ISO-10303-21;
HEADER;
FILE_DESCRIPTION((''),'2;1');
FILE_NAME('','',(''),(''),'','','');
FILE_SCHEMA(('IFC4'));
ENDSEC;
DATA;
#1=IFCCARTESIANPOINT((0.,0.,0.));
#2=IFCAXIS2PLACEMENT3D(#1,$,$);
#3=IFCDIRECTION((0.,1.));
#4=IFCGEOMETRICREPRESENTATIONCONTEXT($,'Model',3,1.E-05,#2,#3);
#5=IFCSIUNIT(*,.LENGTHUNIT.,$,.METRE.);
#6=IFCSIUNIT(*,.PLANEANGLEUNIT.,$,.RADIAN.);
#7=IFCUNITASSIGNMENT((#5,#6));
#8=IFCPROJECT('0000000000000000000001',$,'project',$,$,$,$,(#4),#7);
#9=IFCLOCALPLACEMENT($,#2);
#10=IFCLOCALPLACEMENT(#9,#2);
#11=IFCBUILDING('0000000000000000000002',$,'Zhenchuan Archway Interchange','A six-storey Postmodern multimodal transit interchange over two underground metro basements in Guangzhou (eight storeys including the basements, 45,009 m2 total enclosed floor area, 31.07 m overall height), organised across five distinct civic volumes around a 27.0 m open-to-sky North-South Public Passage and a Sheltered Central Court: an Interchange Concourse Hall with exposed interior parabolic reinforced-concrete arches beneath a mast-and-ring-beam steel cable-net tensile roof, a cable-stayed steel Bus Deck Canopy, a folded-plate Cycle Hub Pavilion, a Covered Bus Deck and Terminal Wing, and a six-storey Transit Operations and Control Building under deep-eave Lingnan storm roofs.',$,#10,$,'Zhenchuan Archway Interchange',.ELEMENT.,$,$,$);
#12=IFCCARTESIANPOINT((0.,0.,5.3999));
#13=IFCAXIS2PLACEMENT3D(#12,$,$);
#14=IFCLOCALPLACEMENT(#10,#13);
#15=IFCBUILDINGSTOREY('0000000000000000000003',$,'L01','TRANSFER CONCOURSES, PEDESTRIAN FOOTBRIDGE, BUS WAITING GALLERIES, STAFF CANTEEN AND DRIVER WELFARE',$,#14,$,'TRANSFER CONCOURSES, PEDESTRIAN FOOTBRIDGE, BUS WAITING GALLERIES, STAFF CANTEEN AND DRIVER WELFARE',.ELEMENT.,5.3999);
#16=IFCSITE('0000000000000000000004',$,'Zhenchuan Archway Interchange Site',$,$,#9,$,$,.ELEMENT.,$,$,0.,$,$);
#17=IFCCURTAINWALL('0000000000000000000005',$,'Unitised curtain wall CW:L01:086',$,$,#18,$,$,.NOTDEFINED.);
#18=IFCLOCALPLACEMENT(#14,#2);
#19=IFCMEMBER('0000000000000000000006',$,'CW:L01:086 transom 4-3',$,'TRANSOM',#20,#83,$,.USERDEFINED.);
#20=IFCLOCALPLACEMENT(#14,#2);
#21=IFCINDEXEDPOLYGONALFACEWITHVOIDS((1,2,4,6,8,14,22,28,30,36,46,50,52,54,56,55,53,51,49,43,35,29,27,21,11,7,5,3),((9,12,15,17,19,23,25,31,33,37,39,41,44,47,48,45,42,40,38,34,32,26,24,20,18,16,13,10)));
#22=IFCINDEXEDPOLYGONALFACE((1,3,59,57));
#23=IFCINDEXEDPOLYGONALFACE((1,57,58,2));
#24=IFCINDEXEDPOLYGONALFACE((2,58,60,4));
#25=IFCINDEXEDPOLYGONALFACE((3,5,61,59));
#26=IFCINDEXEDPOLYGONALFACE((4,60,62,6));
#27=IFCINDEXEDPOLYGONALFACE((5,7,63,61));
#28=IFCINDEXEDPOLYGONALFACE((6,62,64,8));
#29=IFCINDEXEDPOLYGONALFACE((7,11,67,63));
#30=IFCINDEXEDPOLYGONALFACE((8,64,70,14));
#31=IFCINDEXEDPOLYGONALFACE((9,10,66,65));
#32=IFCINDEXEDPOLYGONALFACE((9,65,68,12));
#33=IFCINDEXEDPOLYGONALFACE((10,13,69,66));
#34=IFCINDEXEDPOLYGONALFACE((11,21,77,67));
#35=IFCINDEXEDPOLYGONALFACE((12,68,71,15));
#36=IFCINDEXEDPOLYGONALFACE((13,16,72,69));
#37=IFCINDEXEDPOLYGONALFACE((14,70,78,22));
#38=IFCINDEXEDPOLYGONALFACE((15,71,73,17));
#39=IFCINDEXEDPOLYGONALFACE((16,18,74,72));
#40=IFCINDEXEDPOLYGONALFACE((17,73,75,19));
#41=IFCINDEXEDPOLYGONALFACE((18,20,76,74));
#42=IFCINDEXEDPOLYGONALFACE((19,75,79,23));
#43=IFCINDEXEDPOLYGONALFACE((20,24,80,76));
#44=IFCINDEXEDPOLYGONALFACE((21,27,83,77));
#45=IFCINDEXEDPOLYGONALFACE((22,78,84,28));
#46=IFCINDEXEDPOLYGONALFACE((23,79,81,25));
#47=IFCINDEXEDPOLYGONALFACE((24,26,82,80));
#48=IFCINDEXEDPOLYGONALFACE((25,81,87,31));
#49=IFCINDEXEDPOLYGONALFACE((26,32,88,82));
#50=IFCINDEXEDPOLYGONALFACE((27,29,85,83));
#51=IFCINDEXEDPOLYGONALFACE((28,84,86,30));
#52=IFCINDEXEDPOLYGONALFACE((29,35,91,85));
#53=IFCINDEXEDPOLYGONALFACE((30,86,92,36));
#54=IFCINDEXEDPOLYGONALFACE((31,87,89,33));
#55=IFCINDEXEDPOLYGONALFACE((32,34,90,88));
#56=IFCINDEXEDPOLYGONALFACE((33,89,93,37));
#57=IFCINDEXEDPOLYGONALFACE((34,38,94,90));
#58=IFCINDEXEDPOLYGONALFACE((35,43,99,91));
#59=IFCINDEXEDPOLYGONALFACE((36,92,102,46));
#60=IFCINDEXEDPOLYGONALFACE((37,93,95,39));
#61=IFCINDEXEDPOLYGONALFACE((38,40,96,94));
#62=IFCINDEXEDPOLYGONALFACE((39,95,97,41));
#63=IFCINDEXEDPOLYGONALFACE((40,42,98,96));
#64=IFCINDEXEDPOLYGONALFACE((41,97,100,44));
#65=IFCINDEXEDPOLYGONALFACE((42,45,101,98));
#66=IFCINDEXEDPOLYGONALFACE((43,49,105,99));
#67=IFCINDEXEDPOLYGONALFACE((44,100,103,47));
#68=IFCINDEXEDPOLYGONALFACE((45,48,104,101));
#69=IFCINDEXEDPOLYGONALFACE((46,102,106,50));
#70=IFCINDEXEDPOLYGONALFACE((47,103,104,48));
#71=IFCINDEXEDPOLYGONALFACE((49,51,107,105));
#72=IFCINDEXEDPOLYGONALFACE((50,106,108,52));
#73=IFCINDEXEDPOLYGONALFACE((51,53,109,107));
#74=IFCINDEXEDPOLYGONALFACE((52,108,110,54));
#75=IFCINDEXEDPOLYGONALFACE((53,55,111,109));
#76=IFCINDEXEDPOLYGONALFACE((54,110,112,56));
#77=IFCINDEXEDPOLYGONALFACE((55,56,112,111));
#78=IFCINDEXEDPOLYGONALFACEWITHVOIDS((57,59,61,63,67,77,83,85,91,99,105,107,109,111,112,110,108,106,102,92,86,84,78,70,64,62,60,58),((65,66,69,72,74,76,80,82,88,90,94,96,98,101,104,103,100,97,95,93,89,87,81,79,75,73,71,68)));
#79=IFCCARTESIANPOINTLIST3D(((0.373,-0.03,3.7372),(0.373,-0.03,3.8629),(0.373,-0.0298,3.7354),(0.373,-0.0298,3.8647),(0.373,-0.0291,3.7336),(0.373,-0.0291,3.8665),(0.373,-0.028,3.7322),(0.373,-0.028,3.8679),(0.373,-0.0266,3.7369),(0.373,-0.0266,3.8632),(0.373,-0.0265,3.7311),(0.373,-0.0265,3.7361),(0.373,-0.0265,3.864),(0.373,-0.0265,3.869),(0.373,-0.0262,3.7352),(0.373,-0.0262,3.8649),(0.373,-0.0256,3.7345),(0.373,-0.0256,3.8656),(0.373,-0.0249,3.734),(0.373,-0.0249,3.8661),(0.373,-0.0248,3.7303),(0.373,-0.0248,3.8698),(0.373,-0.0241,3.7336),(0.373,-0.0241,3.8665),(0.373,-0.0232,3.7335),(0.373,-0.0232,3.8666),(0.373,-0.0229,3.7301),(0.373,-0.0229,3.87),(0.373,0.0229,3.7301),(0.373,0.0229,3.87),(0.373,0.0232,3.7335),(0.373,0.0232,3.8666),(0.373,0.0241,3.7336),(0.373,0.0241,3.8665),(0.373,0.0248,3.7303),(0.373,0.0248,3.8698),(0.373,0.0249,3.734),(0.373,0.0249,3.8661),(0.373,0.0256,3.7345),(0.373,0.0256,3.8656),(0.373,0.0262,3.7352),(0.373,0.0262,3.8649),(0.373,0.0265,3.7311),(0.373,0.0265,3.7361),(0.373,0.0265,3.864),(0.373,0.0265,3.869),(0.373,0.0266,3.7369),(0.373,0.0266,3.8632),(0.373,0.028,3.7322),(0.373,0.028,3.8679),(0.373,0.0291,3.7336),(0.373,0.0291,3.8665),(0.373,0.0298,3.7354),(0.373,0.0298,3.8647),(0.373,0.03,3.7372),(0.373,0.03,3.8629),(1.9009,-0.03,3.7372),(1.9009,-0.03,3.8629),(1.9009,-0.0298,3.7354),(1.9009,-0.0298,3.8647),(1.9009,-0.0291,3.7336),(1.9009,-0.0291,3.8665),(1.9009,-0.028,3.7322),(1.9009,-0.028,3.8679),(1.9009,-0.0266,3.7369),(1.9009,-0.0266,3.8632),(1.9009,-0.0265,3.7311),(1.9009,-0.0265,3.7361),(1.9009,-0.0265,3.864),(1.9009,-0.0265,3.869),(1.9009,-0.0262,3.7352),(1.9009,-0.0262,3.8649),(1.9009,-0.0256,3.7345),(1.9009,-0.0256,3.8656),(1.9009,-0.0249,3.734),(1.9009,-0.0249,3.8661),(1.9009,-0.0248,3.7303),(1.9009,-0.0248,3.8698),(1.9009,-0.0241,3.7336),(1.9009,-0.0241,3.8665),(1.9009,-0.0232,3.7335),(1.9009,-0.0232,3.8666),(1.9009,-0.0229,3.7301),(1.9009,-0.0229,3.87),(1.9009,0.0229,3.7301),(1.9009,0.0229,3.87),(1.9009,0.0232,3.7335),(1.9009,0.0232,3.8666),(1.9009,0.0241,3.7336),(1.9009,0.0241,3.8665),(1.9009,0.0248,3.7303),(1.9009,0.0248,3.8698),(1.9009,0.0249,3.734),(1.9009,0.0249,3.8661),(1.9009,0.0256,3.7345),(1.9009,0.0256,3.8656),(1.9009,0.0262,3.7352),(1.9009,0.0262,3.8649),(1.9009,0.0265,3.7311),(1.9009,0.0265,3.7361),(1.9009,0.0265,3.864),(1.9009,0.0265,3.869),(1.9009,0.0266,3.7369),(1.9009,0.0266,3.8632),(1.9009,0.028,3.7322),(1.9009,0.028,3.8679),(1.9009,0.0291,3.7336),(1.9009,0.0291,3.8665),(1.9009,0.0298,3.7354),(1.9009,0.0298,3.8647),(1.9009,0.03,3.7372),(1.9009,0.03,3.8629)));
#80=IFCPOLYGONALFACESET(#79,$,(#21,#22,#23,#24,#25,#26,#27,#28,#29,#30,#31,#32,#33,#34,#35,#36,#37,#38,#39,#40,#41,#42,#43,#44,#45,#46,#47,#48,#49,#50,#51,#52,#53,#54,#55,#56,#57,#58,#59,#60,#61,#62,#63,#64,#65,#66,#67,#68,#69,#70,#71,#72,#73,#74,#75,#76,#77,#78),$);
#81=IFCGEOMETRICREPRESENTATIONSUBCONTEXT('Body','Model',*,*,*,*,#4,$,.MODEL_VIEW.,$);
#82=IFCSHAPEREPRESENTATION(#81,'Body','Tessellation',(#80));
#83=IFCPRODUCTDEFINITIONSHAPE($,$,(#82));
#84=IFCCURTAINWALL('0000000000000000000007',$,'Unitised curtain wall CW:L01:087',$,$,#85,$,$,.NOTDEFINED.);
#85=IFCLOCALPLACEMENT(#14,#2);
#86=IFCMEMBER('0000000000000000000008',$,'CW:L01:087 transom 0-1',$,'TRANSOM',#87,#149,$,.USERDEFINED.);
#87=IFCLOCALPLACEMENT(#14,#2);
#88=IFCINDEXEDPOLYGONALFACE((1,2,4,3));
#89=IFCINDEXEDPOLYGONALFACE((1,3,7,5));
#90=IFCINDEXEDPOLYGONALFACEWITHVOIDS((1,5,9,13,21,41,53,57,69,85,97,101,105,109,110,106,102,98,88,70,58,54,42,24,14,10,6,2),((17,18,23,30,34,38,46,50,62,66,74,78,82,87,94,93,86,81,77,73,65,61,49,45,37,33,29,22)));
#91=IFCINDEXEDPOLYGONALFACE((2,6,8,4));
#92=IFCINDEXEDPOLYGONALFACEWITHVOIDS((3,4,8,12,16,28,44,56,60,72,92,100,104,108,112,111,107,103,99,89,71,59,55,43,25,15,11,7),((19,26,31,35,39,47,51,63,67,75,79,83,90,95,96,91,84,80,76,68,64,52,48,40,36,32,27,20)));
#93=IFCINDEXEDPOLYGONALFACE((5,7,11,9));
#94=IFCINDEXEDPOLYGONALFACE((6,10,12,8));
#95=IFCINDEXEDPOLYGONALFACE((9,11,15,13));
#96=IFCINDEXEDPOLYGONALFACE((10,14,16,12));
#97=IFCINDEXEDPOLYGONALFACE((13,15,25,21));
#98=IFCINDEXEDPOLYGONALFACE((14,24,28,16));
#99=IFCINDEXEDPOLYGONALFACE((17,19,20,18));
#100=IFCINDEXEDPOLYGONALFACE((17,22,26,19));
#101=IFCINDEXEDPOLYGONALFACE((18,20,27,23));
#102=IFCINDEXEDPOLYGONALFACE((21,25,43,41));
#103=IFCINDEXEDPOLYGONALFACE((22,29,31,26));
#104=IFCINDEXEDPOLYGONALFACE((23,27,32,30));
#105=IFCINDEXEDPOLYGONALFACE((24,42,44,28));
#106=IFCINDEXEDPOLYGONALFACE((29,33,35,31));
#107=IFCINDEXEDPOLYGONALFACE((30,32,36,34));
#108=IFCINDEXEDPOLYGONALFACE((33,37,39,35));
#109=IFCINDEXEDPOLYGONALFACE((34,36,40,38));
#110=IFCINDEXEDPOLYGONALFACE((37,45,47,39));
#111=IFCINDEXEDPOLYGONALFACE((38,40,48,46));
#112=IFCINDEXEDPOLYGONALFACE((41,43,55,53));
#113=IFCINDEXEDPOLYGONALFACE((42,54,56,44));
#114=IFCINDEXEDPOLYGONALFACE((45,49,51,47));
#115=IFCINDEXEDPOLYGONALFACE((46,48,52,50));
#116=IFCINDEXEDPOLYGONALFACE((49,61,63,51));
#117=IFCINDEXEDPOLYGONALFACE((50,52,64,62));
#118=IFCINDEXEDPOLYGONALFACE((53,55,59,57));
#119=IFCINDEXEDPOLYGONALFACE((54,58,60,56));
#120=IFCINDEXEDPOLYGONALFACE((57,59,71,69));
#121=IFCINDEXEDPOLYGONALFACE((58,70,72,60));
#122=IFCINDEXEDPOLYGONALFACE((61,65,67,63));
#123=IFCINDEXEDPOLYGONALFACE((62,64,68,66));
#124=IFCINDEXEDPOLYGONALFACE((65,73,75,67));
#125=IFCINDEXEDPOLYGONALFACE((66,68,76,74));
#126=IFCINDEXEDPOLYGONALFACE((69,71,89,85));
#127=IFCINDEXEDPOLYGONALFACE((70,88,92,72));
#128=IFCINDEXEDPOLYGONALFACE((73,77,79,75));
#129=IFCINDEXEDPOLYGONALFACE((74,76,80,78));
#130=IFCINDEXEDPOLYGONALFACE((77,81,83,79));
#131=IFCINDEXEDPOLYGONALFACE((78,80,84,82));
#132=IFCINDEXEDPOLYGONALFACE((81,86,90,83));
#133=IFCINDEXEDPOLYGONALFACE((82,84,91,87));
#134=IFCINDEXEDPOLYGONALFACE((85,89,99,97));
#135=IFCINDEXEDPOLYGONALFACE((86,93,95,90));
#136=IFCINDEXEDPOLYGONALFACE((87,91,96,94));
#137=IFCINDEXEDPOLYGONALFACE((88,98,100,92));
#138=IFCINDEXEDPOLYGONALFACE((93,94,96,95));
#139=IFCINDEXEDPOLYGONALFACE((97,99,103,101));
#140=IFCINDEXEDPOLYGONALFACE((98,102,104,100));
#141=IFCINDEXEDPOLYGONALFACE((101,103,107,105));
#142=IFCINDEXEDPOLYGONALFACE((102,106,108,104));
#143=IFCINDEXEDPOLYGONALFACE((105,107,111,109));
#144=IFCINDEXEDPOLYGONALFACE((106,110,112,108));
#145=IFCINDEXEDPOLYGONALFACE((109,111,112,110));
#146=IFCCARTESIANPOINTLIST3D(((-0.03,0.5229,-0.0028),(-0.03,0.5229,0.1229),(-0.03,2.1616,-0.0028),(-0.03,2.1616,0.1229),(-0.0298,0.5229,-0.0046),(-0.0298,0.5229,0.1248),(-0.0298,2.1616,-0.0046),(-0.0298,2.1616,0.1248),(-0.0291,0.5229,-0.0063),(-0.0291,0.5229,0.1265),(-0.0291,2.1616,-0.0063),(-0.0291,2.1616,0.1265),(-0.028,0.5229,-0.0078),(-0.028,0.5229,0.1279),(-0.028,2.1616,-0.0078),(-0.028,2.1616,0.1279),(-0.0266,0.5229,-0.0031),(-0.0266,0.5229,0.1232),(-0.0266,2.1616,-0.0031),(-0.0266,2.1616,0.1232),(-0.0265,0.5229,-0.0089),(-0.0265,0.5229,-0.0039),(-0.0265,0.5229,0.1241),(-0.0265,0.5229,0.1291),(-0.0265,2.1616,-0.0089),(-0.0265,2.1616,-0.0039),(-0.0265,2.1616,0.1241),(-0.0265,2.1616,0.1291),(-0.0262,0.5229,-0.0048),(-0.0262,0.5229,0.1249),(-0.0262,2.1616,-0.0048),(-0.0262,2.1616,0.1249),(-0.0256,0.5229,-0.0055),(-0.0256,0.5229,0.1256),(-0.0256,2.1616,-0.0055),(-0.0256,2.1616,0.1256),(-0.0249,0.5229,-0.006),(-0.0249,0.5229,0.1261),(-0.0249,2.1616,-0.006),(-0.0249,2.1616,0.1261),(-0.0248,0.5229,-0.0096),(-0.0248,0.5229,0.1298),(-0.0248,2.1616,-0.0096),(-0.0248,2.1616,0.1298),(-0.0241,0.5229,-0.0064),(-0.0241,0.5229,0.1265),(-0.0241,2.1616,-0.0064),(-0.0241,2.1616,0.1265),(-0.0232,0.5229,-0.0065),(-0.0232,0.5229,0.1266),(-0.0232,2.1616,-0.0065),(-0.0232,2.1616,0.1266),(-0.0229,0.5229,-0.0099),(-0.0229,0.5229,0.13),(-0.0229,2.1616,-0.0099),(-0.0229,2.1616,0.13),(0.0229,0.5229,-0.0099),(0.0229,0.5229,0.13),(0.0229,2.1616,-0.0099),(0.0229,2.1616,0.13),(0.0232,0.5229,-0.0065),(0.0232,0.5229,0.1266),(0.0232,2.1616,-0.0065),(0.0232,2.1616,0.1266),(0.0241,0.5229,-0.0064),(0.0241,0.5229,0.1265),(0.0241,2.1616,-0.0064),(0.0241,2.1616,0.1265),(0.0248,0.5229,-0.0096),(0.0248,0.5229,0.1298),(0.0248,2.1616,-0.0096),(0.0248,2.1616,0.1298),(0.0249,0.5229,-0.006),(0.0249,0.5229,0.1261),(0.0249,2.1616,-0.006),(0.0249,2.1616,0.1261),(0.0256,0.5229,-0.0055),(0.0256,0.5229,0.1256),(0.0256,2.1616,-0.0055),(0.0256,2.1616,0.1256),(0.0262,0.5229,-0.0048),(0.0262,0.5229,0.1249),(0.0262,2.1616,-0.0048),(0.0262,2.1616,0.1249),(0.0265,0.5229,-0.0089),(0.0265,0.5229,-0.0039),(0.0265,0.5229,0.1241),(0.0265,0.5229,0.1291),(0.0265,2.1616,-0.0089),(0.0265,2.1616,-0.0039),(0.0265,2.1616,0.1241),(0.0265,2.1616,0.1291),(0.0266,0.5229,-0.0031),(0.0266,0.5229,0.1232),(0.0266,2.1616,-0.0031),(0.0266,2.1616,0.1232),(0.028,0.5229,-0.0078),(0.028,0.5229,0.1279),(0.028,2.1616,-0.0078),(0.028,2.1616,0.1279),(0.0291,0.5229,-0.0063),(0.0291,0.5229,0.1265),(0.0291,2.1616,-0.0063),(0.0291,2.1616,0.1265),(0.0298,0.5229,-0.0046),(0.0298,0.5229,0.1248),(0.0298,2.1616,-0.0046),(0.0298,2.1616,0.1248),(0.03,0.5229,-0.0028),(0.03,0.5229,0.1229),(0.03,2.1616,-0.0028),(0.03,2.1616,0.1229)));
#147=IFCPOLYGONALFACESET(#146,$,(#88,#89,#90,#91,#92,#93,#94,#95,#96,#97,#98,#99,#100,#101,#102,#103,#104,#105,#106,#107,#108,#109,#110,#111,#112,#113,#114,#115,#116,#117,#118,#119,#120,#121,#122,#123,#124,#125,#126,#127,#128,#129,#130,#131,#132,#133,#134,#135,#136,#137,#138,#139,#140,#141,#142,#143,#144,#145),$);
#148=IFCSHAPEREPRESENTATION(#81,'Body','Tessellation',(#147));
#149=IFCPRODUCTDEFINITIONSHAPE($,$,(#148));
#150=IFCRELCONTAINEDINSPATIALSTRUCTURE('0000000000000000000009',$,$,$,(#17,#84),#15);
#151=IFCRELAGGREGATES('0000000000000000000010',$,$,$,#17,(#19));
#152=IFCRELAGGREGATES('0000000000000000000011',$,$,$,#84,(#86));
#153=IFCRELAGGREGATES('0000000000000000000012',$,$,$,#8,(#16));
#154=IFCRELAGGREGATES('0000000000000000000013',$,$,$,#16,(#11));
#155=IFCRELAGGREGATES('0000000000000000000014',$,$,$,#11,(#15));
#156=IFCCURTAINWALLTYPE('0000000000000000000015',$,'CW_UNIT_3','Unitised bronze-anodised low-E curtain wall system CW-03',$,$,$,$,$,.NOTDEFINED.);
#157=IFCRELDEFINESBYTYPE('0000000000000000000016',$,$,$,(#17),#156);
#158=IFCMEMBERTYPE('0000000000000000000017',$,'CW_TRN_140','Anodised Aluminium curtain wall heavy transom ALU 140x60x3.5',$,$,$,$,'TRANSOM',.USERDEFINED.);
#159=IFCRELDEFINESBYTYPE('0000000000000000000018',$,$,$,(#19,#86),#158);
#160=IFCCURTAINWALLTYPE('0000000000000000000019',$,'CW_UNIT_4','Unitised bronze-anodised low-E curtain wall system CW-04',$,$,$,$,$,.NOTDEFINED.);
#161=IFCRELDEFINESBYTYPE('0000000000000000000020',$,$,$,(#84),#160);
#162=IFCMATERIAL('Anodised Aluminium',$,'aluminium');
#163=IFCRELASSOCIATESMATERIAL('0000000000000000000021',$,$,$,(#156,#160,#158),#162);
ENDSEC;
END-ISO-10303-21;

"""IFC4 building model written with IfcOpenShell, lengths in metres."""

from ifc_helpers import new_model, si_unit, direction, frame, origin, origin_2d, place, context, subcontext, project, spatial, hollow_rectangle, extrude, material, material_profile, profile_set, type_object, element, aggregate, save


model = new_model("IFC4")

# Units and contexts
model_context = context("Model", 3, precision=1e-05, world=origin(), true_north=direction((0.0, 1.0)))
body_context = subcontext(model_context, "Body", "Model", "MODEL_VIEW")
ifc_project = project(units=[si_unit("LENGTHUNIT", "METRE"), si_unit("PLANEANGLEUNIT", "RADIAN")], contexts=[model_context])

# Site, building, storey
site_placement = place(None, origin())
site = spatial("IfcSite", under=ifc_project, at=site_placement, Name="Zhenchuan Archway Interchange Site", CompositionType="ELEMENT", RefElevation=0.0)
building_placement = place(site_placement, origin())
building = spatial("IfcBuilding", under=site, at=building_placement, Name="Zhenchuan Archway Interchange", Description="A six-storey Postmodern multimodal transit interchange over two underground metro basements in Guangzhou (eight storeys including the basements, 45,009 m2 total enclosed floor area, 31.07 m overall height), organised across five distinct civic volumes around a 27.0 m open-to-sky North-South Public Passage and a Sheltered Central Court: an Interchange Concourse Hall with exposed interior parabolic reinforced-concrete arches beneath a mast-and-ring-beam steel cable-net tensile roof, a cable-stayed steel Bus Deck Canopy, a folded-plate Cycle Hub Pavilion, a Covered Bus Deck and Terminal Wing, and a six-storey Transit Operations and Control Building under deep-eave Lingnan storm roofs.", LongName="Zhenchuan Archway Interchange", CompositionType="ELEMENT")
storey_placement = place(building_placement, frame((0.0, 0.0, 5.3999)))
storey = spatial("IfcBuildingStorey", under=building, at=storey_placement, Name="L01", Description="TRANSFER CONCOURSES, PEDESTRIAN FOOTBRIDGE, BUS WAITING GALLERIES, STAFF CANTEEN AND DRIVER WELFARE", LongName="TRANSFER CONCOURSES, PEDESTRIAN FOOTBRIDGE, BUS WAITING GALLERIES, STAFF CANTEEN AND DRIVER WELFARE", CompositionType="ELEMENT", Elevation=5.3999)

# Curtain walls, members
ifc_material_1 = material(Name="Anodised Aluminium", Category="aluminium")
curtain_wall_type_1 = type_object("IfcCurtainWallType", Name="CW_UNIT_3", Description="Unitised bronze-anodised low-E curtain wall system CW-03", PredefinedType="NOTDEFINED", material=ifc_material_1)
curtain_wall_1_placement = place(storey_placement, origin())
curtain_wall_1 = element("IfcCurtainWall", 1, at=curtain_wall_1_placement, inside=storey, type_object=curtain_wall_type_1, Name="Unitised curtain wall CW:L01:086", PredefinedType="NOTDEFINED")
ifc_material_profile_1 = material_profile(ifc_material_1, hollow_rectangle(XDim=0.0601, YDim=0.1399, WallThickness=0.0034, InnerFilletRadius=0.0034, OuterFilletRadius=0.0071, at=origin_2d()), Name="ALU 140x60x3.5")
ifc_profile_set_1 = profile_set([ifc_material_profile_1], Name="Anodised Aluminium")
member_type = type_object("IfcMemberType", Name="CW_TRN_140", Description="Anodised Aluminium curtain wall heavy transom ALU 140x60x3.5", ElementType="TRANSOM", PredefinedType="USERDEFINED", material=ifc_profile_set_1)
member_1_placement = place(storey_placement, frame((1.9009, 0.0, 3.8), z_axis=(-1.0, 0.0, 0.0), x_axis=(0.0, -1.0, 0.0)))
member_1 = element("IfcMember", 2, at=member_1_placement, type_object=member_type, Name="CW:L01:086 transom 4-3", ObjectType="TRANSOM", PredefinedType="USERDEFINED", context=body_context, shape_type="SweptSolid", body=[
    extrude(hollow_rectangle(XDim=0.0601, YDim=0.1399, WallThickness=0.0034, InnerFilletRadius=0.0034, OuterFilletRadius=0.0071, at=origin_2d()), origin(), (0.0, 0.0, 1.0), 1.5278),
])
curtain_wall_type_2 = type_object("IfcCurtainWallType", Name="CW_UNIT_4", Description="Unitised bronze-anodised low-E curtain wall system CW-04", PredefinedType="NOTDEFINED", material=ifc_material_1)
curtain_wall_2_placement = place(storey_placement, origin())
curtain_wall_2 = element("IfcCurtainWall", 3, at=curtain_wall_2_placement, inside=storey, type_object=curtain_wall_type_2, Name="Unitised curtain wall CW:L01:087", PredefinedType="NOTDEFINED")
member_2_placement = place(storey_placement, frame((0.0, 0.5229, 0.0601), z_axis=(0.0, 1.0, 0.0), x_axis=(-1.0, 0.0, 0.0)))
member_2 = element("IfcMember", 4, at=member_2_placement, type_object=member_type, Name="CW:L01:087 transom 0-1", ObjectType="TRANSOM", PredefinedType="USERDEFINED", context=body_context, shape_type="SweptSolid", body=[
    extrude(hollow_rectangle(XDim=0.0601, YDim=0.1399, WallThickness=0.0034, InnerFilletRadius=0.0034, OuterFilletRadius=0.0071, at=origin_2d()), origin(), (0.0, 0.0, 1.0), 1.6387),
])

aggregate(curtain_wall_1, [member_1])
aggregate(curtain_wall_2, [member_2])

save(model, "model.ifc")
